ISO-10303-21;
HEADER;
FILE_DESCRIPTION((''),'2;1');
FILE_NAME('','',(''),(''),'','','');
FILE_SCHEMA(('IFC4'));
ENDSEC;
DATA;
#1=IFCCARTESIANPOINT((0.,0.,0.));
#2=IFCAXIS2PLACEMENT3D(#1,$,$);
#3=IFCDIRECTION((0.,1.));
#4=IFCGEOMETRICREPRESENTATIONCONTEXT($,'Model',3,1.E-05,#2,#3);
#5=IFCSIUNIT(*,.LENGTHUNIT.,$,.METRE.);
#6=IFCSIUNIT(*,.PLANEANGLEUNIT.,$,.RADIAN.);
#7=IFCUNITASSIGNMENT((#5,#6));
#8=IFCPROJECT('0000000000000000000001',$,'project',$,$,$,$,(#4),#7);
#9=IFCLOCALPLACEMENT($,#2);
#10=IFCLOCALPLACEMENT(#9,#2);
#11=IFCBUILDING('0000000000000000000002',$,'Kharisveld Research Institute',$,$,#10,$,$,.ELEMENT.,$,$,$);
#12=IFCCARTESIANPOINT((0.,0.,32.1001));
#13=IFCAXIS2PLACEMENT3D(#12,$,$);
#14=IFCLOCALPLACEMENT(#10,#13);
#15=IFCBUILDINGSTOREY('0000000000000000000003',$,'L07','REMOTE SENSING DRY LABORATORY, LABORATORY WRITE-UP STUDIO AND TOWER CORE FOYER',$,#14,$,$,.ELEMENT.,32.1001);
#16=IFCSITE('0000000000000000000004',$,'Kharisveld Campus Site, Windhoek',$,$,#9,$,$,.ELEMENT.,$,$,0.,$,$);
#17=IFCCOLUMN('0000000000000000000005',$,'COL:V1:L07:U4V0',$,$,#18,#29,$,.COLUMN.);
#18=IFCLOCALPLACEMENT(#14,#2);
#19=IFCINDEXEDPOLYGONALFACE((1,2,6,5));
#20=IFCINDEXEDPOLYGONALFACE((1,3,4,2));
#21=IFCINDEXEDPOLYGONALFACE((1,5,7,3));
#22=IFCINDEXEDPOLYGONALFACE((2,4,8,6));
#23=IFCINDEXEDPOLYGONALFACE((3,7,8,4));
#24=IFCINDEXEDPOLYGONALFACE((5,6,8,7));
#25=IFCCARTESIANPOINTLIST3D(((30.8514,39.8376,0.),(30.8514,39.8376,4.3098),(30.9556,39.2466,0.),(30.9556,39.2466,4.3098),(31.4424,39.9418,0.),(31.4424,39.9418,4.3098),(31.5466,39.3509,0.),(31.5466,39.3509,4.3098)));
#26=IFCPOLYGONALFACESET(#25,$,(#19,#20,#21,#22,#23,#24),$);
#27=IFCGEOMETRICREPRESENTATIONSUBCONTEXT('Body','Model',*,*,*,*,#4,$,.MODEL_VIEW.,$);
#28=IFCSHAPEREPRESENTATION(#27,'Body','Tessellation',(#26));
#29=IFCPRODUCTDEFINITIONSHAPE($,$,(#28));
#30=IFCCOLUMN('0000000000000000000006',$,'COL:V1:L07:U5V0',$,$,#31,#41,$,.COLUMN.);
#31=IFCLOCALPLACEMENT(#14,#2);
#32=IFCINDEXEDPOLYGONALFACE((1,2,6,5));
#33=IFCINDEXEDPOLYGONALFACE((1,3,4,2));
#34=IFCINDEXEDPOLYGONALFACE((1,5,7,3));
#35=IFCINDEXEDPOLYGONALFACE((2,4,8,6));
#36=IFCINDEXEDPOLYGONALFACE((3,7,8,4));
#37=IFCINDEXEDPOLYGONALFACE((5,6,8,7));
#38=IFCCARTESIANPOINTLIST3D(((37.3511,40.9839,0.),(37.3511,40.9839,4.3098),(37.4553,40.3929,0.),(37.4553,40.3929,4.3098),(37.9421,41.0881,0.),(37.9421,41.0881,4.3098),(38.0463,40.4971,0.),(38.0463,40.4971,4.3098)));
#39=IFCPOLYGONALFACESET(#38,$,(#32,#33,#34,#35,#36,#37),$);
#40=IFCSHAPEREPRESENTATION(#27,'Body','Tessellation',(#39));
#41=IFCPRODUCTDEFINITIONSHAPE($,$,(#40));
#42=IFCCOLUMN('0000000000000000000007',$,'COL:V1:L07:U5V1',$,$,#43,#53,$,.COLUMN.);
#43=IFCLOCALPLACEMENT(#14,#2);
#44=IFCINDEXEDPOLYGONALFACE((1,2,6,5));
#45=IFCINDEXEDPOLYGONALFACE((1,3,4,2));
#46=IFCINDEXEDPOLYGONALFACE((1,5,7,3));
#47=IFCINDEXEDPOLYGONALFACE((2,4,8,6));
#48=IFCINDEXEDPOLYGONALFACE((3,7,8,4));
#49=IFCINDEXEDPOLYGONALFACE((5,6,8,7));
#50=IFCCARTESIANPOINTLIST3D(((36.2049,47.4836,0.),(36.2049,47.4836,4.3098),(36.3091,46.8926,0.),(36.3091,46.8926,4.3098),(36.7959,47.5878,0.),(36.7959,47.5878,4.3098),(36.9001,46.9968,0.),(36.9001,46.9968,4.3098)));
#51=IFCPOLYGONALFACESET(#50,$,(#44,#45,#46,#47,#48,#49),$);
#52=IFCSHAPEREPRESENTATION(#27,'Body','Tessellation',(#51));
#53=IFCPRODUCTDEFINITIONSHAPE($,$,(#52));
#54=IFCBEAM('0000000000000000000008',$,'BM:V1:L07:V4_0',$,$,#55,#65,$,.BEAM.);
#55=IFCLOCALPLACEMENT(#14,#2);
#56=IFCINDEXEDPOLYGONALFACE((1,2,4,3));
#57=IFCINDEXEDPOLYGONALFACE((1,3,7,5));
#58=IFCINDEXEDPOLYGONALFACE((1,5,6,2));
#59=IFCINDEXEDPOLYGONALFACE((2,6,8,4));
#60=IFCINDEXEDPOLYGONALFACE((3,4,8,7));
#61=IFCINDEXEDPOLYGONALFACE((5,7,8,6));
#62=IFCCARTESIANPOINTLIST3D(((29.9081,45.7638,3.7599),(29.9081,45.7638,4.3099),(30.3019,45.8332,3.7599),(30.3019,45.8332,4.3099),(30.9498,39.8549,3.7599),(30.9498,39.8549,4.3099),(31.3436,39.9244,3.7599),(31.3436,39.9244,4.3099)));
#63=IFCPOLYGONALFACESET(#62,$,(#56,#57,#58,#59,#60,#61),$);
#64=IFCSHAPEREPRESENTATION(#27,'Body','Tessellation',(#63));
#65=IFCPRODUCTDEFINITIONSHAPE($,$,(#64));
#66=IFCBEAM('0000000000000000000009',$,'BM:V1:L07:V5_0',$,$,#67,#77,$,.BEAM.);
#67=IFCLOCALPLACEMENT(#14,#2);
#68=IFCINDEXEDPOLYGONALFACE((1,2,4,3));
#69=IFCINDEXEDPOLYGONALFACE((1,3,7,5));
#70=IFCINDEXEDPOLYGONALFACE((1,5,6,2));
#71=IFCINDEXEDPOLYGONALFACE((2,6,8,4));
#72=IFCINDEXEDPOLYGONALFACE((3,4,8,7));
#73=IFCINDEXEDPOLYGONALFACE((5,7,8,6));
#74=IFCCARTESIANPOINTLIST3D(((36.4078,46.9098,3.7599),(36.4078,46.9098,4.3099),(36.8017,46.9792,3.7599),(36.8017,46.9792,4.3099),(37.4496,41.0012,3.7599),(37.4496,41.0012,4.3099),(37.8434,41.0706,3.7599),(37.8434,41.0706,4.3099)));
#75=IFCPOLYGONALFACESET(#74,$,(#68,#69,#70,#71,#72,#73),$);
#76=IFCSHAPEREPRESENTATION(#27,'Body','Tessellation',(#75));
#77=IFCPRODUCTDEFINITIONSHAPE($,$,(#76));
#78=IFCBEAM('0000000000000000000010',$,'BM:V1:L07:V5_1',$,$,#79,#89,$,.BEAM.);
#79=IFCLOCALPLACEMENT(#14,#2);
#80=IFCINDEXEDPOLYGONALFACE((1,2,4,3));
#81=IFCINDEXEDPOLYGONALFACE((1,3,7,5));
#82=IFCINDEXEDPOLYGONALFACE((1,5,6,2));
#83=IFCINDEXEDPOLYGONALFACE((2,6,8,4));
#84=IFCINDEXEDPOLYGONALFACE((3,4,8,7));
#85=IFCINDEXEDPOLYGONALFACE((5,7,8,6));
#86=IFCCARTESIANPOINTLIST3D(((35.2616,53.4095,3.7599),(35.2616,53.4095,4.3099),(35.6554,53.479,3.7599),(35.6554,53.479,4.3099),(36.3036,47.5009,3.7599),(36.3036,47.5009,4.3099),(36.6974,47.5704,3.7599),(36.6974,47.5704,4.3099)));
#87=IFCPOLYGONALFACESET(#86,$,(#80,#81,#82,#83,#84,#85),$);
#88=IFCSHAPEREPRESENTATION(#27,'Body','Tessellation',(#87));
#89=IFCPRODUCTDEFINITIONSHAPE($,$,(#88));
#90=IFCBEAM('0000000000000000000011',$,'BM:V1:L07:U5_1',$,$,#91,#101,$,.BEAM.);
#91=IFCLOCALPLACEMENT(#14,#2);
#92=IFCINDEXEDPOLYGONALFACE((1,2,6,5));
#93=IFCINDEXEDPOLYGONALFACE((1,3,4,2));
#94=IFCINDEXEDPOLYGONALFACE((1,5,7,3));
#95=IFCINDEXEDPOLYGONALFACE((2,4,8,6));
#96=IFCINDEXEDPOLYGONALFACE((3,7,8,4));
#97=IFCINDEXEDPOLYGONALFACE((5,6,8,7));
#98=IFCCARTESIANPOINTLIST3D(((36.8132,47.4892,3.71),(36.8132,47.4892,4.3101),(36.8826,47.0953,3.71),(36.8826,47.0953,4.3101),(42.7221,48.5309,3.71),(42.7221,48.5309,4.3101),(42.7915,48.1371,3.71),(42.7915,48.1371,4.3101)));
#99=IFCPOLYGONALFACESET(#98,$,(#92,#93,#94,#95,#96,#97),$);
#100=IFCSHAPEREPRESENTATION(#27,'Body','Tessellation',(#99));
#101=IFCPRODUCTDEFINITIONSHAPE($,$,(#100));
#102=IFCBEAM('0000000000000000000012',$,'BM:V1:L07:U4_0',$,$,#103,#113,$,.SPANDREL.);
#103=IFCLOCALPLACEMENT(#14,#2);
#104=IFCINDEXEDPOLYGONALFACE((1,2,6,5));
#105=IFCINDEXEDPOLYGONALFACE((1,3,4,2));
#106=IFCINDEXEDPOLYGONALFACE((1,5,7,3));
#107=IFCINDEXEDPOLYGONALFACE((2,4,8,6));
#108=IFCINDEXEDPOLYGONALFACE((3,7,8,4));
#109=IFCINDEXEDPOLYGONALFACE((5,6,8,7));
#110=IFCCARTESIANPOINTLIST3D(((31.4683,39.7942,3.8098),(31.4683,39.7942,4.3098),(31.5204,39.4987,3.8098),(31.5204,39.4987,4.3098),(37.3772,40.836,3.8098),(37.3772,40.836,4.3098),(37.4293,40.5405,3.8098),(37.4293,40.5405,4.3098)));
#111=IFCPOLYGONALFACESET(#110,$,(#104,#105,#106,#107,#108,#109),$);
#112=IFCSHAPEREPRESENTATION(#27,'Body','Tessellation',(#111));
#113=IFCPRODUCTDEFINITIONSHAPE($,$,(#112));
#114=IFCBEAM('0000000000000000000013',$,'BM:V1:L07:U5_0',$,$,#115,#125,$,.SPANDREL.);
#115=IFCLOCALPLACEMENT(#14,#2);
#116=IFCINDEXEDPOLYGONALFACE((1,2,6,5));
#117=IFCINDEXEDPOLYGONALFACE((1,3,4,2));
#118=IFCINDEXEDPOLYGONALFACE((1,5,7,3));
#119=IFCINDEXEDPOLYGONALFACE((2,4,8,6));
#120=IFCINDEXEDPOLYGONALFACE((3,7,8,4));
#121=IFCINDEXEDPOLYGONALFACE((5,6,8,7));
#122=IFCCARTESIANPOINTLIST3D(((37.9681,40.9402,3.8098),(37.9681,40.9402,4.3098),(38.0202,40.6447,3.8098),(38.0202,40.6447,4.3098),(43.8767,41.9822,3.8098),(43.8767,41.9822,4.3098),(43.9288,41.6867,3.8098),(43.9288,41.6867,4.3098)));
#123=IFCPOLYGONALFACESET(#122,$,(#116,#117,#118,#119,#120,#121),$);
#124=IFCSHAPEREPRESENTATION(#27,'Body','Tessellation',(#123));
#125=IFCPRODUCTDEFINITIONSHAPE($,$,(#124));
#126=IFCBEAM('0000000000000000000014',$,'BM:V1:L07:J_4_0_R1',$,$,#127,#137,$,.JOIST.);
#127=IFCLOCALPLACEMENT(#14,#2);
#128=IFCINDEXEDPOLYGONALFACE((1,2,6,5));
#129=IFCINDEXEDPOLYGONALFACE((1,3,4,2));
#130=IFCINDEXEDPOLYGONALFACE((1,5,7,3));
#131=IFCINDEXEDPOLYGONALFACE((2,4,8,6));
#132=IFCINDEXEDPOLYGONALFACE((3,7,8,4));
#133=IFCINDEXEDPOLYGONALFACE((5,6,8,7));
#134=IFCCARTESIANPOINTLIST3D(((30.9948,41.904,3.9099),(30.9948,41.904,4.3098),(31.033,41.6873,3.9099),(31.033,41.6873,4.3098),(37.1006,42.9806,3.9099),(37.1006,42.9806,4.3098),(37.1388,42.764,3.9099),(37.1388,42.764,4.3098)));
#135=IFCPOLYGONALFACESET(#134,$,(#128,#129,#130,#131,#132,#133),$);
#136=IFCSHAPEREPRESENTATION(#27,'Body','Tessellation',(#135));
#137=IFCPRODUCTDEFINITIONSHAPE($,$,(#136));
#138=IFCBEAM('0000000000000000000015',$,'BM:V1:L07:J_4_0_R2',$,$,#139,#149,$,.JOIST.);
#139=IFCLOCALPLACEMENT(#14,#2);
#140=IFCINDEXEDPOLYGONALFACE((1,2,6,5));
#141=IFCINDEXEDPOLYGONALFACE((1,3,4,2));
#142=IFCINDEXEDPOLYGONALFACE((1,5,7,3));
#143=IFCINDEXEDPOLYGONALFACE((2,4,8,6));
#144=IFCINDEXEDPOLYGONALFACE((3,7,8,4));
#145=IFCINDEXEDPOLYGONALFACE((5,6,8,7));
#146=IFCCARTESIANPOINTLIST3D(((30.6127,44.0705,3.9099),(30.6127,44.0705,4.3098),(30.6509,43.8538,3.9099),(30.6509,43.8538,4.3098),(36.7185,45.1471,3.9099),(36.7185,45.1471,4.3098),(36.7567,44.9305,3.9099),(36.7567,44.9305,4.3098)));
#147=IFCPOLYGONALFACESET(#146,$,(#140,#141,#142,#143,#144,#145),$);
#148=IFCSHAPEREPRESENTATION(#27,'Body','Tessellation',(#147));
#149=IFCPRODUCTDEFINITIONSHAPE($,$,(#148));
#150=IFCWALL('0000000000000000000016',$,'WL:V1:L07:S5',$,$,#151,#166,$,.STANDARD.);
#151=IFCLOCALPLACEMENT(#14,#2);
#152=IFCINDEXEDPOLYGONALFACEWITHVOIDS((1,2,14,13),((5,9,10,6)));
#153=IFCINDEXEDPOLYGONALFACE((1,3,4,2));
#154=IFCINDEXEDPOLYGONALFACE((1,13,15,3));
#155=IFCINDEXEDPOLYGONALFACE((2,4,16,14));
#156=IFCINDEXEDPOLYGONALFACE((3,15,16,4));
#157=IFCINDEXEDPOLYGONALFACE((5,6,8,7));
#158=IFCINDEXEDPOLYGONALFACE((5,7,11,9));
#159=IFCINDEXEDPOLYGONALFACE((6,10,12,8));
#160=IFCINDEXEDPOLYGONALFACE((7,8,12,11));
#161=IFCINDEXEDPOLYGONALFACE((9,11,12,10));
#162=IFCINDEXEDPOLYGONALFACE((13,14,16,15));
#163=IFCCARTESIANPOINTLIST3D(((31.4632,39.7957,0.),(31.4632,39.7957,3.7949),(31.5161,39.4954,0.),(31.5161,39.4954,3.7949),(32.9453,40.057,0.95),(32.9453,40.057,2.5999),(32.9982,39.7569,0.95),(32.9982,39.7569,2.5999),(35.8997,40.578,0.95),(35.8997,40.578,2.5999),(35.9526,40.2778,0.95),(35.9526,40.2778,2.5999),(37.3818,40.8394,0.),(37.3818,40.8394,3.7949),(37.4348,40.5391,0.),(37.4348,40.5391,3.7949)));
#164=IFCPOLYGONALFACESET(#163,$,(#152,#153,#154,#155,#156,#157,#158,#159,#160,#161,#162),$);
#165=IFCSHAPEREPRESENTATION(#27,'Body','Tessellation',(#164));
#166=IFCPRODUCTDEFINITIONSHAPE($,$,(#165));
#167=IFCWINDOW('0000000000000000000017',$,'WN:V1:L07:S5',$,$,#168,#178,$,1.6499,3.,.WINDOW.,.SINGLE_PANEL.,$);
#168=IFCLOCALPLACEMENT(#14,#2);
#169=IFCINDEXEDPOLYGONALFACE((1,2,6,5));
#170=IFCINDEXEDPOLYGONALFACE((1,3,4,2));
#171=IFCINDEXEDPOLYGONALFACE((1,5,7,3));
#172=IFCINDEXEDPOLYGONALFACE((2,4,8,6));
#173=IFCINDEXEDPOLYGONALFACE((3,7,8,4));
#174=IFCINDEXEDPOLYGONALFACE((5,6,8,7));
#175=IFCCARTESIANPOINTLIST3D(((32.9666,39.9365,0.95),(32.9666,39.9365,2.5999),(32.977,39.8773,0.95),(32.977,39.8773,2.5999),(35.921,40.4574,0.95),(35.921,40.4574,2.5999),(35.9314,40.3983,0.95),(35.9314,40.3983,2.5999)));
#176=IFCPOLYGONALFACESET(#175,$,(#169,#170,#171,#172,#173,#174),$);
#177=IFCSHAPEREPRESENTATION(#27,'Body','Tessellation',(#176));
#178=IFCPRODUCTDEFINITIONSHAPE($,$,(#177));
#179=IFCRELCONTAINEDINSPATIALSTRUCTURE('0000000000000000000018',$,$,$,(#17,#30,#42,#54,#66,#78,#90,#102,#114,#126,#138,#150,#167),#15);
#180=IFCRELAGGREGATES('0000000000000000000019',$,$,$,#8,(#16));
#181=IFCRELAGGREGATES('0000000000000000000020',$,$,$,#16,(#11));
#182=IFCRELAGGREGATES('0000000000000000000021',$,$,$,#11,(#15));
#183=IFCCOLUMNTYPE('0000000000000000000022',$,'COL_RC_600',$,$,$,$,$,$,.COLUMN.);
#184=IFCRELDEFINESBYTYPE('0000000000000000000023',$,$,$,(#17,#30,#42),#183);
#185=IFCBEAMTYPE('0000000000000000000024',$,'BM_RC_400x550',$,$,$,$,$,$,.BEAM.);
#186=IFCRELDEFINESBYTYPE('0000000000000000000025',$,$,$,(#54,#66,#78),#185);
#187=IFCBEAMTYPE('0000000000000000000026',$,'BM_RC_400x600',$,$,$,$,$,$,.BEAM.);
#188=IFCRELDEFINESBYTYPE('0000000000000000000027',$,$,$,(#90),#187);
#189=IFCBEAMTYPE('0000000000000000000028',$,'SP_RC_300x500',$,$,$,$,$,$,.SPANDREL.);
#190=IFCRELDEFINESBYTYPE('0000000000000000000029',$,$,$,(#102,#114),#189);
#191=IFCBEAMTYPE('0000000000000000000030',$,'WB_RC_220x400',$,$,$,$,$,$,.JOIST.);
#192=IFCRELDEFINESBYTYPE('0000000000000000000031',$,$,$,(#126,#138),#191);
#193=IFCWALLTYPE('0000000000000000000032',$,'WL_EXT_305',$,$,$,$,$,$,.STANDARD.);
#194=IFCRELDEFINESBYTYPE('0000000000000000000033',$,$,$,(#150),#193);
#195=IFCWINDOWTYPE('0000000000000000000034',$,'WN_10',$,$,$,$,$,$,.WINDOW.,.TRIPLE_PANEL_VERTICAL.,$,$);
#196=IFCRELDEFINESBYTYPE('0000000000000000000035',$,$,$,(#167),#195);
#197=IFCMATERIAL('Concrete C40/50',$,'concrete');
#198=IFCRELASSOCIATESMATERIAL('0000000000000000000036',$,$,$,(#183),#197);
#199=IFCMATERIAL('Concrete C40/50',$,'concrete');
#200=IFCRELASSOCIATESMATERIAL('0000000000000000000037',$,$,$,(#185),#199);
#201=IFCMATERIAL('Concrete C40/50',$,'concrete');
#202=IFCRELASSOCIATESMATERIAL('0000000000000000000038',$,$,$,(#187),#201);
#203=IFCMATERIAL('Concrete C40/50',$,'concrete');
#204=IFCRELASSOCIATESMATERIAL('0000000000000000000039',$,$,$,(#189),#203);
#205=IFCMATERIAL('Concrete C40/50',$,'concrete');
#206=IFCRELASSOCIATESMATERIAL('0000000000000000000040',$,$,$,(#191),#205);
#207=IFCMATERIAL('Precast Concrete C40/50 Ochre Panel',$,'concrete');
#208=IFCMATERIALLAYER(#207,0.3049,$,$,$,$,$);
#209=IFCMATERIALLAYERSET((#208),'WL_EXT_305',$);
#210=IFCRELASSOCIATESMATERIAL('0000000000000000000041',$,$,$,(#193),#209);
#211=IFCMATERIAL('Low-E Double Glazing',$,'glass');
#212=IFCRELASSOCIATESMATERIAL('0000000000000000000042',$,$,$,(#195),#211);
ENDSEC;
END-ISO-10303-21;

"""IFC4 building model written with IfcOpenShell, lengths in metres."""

from ifc_helpers import new_model, si_unit, direction, frame, frame_2d, origin, origin_2d, place, context, subcontext, project, spatial, rectangle, extrude, material, layer, layer_set, material_profile, profile_set, type_object, element, fill, save


model = new_model("IFC4")

# Units and contexts
model_context = context("Model", 3, precision=1e-05, world=origin(), true_north=direction((0.0, 1.0)))
body_context = subcontext(model_context, "Body", "Model", "MODEL_VIEW")
ifc_project = project(units=[si_unit("LENGTHUNIT", "METRE"), si_unit("PLANEANGLEUNIT", "RADIAN")], contexts=[model_context])

# Site, building, storey
site_placement = place(None, origin())
site = spatial("IfcSite", under=ifc_project, at=site_placement, Name="Kharisveld Campus Site, Windhoek", CompositionType="ELEMENT", RefElevation=0.0)
building_placement = place(site_placement, origin())
building = spatial("IfcBuilding", under=site, at=building_placement, Name="Kharisveld Research Institute", CompositionType="ELEMENT")
storey_placement = place(building_placement, frame((0.0, 0.0, 32.1001)))
storey = spatial("IfcBuildingStorey", under=building, at=storey_placement, Name="L07", Description="REMOTE SENSING DRY LABORATORY, LABORATORY WRITE-UP STUDIO AND TOWER CORE FOYER", CompositionType="ELEMENT", Elevation=32.1001)

# Columns
ifc_material_1 = material(Name="Concrete C40/50", Category="concrete")
ifc_material_profile_1 = material_profile(ifc_material_1, rectangle(XDim=0.6001, YDim=0.6001, at=origin_2d()))
ifc_profile_set_1 = profile_set([ifc_material_profile_1], Name="Concrete C40/50")
column_type = type_object("IfcColumnType", Name="COL_RC_600", PredefinedType="COLUMN", material=ifc_profile_set_1)
for number, where, z_axis, x_axis, name in (
    (1, (31.199, 39.5942, 0.0), (0.0, 0.0, 1.0), (0.984808, 0.173648, 0.0), "COL:V1:L07:U4V0"),
    (2, (37.6987, 40.7405, 0.0), (0.0, 0.0, 1.0), (0.984808, 0.173648, 0.0), "COL:V1:L07:U5V0"),
    (3, (36.5525, 47.2402, 0.0), (0.0, 0.0, 1.0), (0.984808, 0.173648, 0.0), "COL:V1:L07:U5V1"),
):
    element("IfcColumn", number, at=place(storey_placement, frame(where, z_axis=z_axis, x_axis=x_axis)), inside=storey, type_object=column_type, Name=name, PredefinedType="COLUMN", context=body_context, shape_type="SweptSolid", body=[
        extrude(rectangle(XDim=0.6001, YDim=0.6001, at=origin_2d()), origin(), (0.0, 0.0, 1.0), 4.3098),
    ])

# Beams
ifc_material_2 = material(Name="Concrete C40/50", Category="concrete")
ifc_material_profile_2 = material_profile(ifc_material_2, rectangle(XDim=0.3999, YDim=0.55, at=origin_2d()))
ifc_profile_set_2 = profile_set([ifc_material_profile_2], Name="Concrete C40/50")
beam_type_1 = type_object("IfcBeamType", Name="BM_RC_400x550", PredefinedType="BEAM", material=ifc_profile_set_2)
beam_1_placement = place(storey_placement, frame((31.1467, 39.8896, 4.0349), z_axis=(-0.173623, 0.984812, 0.0), x_axis=(-0.984812, -0.173623, 0.0)))
element("IfcBeam", 4, at=beam_1_placement, inside=storey, type_object=beam_type_1, Name="BM:V1:L07:V4_0", PredefinedType="BEAM", context=body_context, shape_type="SweptSolid", body=[
    extrude(rectangle(XDim=0.3999, YDim=0.55, at=origin_2d()), origin(), (0.0, 0.0, 1.0), 6.0),
])
for number, where, z_axis, x_axis, name in (
    (5, (37.6465, 41.0359, 4.0349), (-0.17363, 0.984811, 0.0), (-0.984811, -0.17363, 0.0), "BM:V1:L07:V5_0"),
    (6, (36.5005, 47.5356, 4.0349), (-0.173669, 0.984804, 0.0), (-0.984804, -0.173669, 0.0), "BM:V1:L07:V5_1"),
):
    element("IfcBeam", number, at=place(storey_placement, frame(where, z_axis=z_axis, x_axis=x_axis)), inside=storey, type_object=beam_type_1, Name=name, PredefinedType="BEAM", context=body_context, shape_type="SweptSolid", body=[
        extrude(rectangle(XDim=0.3999, YDim=0.55, at=origin_2d()), origin(), (0.0, 0.0, 1.0), 5.9998),
    ])
ifc_material_3 = material(Name="Concrete C40/50", Category="concrete")
ifc_material_profile_3 = material_profile(ifc_material_3, rectangle(XDim=0.3999, YDim=0.6001, at=origin_2d()))
ifc_profile_set_3 = profile_set([ifc_material_profile_3], Name="Concrete C40/50")
beam_type_2 = type_object("IfcBeamType", Name="BM_RC_400x600", PredefinedType="BEAM", material=ifc_profile_set_3)
beam_2_placement = place(storey_placement, frame((36.8479, 47.2922, 4.01), z_axis=(0.984812, 0.173623, 0.0), x_axis=(-0.173623, 0.984812, 0.0)))
element("IfcBeam", 7, at=beam_2_placement, inside=storey, type_object=beam_type_2, Name="BM:V1:L07:U5_1", PredefinedType="BEAM", context=body_context, shape_type="SweptSolid", body=[
    extrude(rectangle(XDim=0.3999, YDim=0.6001, at=origin_2d()), origin(), (0.0, 0.0, 1.0), 6.0),
])
ifc_material_4 = material(Name="Concrete C40/50", Category="concrete")
ifc_material_profile_4 = material_profile(ifc_material_4, rectangle(XDim=0.3, YDim=0.5, at=origin_2d()))
ifc_profile_set_4 = profile_set([ifc_material_profile_4], Name="Concrete C40/50")
beam_type_3 = type_object("IfcBeamType", Name="SP_RC_300x500", PredefinedType="SPANDREL", material=ifc_profile_set_4)
beam_3_placement = place(storey_placement, frame((31.4944, 39.6465, 4.0598), z_axis=(0.984812, 0.173623, 0.0), x_axis=(-0.173623, 0.984812, 0.0)))
element("IfcBeam", 8, at=beam_3_placement, inside=storey, type_object=beam_type_3, Name="BM:V1:L07:U4_0", PredefinedType="SPANDREL", context=body_context, shape_type="SweptSolid", body=[
    extrude(rectangle(XDim=0.3, YDim=0.5, at=origin_2d()), origin(), (0.0, 0.0, 1.0), 6.0),
])
beam_4_placement = place(storey_placement, frame((37.9941, 40.7925, 4.0598), z_axis=(0.984804, 0.173669, 0.0), x_axis=(-0.173669, 0.984804, 0.0)))
element("IfcBeam", 9, at=beam_4_placement, inside=storey, type_object=beam_type_3, Name="BM:V1:L07:U5_0", PredefinedType="SPANDREL", context=body_context, shape_type="SweptSolid", body=[
    extrude(rectangle(XDim=0.3, YDim=0.5, at=origin_2d()), origin(), (0.0, 0.0, 1.0), 5.9998),
])
ifc_material_5 = material(Name="Concrete C40/50", Category="concrete")
ifc_material_profile_5 = material_profile(ifc_material_5, rectangle(XDim=0.22, YDim=0.3999, at=origin_2d()))
ifc_profile_set_5 = profile_set([ifc_material_profile_5], Name="Concrete C40/50")
beam_type_4 = type_object("IfcBeamType", Name="WB_RC_220x400", PredefinedType="JOIST", material=ifc_profile_set_5)
for number, where, z_axis, x_axis, name in (
    (10, (31.0139, 41.7957, 4.1099), (0.984806, 0.173657, 0.0), (-0.173657, 0.984806, 0.0), "BM:V1:L07:J_4_0_R1"),
    (11, (30.6318, 43.9622, 4.1099), (0.984806, 0.173657, 0.0), (-0.173657, 0.984806, 0.0), "BM:V1:L07:J_4_0_R2"),
):
    element("IfcBeam", number, at=place(storey_placement, frame(where, z_axis=z_axis, x_axis=x_axis)), inside=storey, type_object=beam_type_4, Name=name, PredefinedType="JOIST", context=body_context, shape_type="SweptSolid", body=[
        extrude(rectangle(XDim=0.22, YDim=0.3999, at=origin_2d()), origin(), (0.0, 0.0, 1.0), 6.2),
    ])

# Wall, opening, window
ifc_material_6 = material(Name="Precast Concrete C40/50 Ochre Panel", Category="concrete")
ifc_layer_1 = layer(ifc_material_6, 0.3049)
ifc_layer_set_1 = layer_set([ifc_layer_1], Name="WL_EXT_305")
wall_type_1 = type_object("IfcWallType", Name="WL_EXT_305", PredefinedType="STANDARD", material=ifc_layer_set_1)
wall_1_placement = place(storey_placement, frame((37.4082, 40.6892, 0.0), z_axis=(0.0, 0.0, 1.0), x_axis=(-0.984806, -0.17366, 0.0)))
wall_1 = element("IfcWall", 12, at=wall_1_placement, inside=storey, type_object=wall_type_1, Name="WL:V1:L07:S5", PredefinedType="STANDARD", context=body_context, shape_type="SweptSolid", body=[
    extrude(rectangle(XDim=6.01, YDim=0.3049, at=frame_2d((3.0049, 0.0))), origin(), (0.0, 0.0, 1.0), 3.7949),
])
opening_1_placement = place(wall_1_placement, frame((1.5049, 0.0, 0.95)))
opening_1 = element("IfcOpeningElement", 13, at=opening_1_placement, cuts=wall_1, PredefinedType="OPENING", context=body_context, shape_type="SweptSolid", body=[
    extrude(rectangle(XDim=3.0, YDim=1.6499, at=frame_2d((1.5, 0.825))), frame((0.0, 0.1523, 0.0), z_axis=(0.0, -1.0, 0.0), x_axis=(1.0, 0.0, 0.0)), (0.0, 0.0, 1.0), 0.3049),
])
ifc_material_7 = material(Name="Low-E Double Glazing", Category="glass")
window_type_1 = type_object("IfcWindowType", Name="WN_10", PartitioningType="TRIPLE_PANEL_VERTICAL", PredefinedType="WINDOW", material=ifc_material_7)
window_1_placement = place(opening_1_placement, origin())
window_1 = element("IfcWindow", 14, at=window_1_placement, inside=storey, type_object=window_type_1, Name="WN:V1:L07:S5", OverallHeight=1.6499, OverallWidth=3.0, PartitioningType="SINGLE_PANEL", PredefinedType="WINDOW", context=body_context, shape_type="SweptSolid", body=[
    extrude(rectangle(XDim=3.0, YDim=1.6499, at=frame_2d((1.5, 0.825))), frame((0.0, 0.03, 0.0), z_axis=(0.0, -1.0, 0.0), x_axis=(1.0, 0.0, 0.0)), (0.0, 0.0, 1.0), 0.0601),
])
fill(opening_1, window_1)

save(model, "model.ifc")
